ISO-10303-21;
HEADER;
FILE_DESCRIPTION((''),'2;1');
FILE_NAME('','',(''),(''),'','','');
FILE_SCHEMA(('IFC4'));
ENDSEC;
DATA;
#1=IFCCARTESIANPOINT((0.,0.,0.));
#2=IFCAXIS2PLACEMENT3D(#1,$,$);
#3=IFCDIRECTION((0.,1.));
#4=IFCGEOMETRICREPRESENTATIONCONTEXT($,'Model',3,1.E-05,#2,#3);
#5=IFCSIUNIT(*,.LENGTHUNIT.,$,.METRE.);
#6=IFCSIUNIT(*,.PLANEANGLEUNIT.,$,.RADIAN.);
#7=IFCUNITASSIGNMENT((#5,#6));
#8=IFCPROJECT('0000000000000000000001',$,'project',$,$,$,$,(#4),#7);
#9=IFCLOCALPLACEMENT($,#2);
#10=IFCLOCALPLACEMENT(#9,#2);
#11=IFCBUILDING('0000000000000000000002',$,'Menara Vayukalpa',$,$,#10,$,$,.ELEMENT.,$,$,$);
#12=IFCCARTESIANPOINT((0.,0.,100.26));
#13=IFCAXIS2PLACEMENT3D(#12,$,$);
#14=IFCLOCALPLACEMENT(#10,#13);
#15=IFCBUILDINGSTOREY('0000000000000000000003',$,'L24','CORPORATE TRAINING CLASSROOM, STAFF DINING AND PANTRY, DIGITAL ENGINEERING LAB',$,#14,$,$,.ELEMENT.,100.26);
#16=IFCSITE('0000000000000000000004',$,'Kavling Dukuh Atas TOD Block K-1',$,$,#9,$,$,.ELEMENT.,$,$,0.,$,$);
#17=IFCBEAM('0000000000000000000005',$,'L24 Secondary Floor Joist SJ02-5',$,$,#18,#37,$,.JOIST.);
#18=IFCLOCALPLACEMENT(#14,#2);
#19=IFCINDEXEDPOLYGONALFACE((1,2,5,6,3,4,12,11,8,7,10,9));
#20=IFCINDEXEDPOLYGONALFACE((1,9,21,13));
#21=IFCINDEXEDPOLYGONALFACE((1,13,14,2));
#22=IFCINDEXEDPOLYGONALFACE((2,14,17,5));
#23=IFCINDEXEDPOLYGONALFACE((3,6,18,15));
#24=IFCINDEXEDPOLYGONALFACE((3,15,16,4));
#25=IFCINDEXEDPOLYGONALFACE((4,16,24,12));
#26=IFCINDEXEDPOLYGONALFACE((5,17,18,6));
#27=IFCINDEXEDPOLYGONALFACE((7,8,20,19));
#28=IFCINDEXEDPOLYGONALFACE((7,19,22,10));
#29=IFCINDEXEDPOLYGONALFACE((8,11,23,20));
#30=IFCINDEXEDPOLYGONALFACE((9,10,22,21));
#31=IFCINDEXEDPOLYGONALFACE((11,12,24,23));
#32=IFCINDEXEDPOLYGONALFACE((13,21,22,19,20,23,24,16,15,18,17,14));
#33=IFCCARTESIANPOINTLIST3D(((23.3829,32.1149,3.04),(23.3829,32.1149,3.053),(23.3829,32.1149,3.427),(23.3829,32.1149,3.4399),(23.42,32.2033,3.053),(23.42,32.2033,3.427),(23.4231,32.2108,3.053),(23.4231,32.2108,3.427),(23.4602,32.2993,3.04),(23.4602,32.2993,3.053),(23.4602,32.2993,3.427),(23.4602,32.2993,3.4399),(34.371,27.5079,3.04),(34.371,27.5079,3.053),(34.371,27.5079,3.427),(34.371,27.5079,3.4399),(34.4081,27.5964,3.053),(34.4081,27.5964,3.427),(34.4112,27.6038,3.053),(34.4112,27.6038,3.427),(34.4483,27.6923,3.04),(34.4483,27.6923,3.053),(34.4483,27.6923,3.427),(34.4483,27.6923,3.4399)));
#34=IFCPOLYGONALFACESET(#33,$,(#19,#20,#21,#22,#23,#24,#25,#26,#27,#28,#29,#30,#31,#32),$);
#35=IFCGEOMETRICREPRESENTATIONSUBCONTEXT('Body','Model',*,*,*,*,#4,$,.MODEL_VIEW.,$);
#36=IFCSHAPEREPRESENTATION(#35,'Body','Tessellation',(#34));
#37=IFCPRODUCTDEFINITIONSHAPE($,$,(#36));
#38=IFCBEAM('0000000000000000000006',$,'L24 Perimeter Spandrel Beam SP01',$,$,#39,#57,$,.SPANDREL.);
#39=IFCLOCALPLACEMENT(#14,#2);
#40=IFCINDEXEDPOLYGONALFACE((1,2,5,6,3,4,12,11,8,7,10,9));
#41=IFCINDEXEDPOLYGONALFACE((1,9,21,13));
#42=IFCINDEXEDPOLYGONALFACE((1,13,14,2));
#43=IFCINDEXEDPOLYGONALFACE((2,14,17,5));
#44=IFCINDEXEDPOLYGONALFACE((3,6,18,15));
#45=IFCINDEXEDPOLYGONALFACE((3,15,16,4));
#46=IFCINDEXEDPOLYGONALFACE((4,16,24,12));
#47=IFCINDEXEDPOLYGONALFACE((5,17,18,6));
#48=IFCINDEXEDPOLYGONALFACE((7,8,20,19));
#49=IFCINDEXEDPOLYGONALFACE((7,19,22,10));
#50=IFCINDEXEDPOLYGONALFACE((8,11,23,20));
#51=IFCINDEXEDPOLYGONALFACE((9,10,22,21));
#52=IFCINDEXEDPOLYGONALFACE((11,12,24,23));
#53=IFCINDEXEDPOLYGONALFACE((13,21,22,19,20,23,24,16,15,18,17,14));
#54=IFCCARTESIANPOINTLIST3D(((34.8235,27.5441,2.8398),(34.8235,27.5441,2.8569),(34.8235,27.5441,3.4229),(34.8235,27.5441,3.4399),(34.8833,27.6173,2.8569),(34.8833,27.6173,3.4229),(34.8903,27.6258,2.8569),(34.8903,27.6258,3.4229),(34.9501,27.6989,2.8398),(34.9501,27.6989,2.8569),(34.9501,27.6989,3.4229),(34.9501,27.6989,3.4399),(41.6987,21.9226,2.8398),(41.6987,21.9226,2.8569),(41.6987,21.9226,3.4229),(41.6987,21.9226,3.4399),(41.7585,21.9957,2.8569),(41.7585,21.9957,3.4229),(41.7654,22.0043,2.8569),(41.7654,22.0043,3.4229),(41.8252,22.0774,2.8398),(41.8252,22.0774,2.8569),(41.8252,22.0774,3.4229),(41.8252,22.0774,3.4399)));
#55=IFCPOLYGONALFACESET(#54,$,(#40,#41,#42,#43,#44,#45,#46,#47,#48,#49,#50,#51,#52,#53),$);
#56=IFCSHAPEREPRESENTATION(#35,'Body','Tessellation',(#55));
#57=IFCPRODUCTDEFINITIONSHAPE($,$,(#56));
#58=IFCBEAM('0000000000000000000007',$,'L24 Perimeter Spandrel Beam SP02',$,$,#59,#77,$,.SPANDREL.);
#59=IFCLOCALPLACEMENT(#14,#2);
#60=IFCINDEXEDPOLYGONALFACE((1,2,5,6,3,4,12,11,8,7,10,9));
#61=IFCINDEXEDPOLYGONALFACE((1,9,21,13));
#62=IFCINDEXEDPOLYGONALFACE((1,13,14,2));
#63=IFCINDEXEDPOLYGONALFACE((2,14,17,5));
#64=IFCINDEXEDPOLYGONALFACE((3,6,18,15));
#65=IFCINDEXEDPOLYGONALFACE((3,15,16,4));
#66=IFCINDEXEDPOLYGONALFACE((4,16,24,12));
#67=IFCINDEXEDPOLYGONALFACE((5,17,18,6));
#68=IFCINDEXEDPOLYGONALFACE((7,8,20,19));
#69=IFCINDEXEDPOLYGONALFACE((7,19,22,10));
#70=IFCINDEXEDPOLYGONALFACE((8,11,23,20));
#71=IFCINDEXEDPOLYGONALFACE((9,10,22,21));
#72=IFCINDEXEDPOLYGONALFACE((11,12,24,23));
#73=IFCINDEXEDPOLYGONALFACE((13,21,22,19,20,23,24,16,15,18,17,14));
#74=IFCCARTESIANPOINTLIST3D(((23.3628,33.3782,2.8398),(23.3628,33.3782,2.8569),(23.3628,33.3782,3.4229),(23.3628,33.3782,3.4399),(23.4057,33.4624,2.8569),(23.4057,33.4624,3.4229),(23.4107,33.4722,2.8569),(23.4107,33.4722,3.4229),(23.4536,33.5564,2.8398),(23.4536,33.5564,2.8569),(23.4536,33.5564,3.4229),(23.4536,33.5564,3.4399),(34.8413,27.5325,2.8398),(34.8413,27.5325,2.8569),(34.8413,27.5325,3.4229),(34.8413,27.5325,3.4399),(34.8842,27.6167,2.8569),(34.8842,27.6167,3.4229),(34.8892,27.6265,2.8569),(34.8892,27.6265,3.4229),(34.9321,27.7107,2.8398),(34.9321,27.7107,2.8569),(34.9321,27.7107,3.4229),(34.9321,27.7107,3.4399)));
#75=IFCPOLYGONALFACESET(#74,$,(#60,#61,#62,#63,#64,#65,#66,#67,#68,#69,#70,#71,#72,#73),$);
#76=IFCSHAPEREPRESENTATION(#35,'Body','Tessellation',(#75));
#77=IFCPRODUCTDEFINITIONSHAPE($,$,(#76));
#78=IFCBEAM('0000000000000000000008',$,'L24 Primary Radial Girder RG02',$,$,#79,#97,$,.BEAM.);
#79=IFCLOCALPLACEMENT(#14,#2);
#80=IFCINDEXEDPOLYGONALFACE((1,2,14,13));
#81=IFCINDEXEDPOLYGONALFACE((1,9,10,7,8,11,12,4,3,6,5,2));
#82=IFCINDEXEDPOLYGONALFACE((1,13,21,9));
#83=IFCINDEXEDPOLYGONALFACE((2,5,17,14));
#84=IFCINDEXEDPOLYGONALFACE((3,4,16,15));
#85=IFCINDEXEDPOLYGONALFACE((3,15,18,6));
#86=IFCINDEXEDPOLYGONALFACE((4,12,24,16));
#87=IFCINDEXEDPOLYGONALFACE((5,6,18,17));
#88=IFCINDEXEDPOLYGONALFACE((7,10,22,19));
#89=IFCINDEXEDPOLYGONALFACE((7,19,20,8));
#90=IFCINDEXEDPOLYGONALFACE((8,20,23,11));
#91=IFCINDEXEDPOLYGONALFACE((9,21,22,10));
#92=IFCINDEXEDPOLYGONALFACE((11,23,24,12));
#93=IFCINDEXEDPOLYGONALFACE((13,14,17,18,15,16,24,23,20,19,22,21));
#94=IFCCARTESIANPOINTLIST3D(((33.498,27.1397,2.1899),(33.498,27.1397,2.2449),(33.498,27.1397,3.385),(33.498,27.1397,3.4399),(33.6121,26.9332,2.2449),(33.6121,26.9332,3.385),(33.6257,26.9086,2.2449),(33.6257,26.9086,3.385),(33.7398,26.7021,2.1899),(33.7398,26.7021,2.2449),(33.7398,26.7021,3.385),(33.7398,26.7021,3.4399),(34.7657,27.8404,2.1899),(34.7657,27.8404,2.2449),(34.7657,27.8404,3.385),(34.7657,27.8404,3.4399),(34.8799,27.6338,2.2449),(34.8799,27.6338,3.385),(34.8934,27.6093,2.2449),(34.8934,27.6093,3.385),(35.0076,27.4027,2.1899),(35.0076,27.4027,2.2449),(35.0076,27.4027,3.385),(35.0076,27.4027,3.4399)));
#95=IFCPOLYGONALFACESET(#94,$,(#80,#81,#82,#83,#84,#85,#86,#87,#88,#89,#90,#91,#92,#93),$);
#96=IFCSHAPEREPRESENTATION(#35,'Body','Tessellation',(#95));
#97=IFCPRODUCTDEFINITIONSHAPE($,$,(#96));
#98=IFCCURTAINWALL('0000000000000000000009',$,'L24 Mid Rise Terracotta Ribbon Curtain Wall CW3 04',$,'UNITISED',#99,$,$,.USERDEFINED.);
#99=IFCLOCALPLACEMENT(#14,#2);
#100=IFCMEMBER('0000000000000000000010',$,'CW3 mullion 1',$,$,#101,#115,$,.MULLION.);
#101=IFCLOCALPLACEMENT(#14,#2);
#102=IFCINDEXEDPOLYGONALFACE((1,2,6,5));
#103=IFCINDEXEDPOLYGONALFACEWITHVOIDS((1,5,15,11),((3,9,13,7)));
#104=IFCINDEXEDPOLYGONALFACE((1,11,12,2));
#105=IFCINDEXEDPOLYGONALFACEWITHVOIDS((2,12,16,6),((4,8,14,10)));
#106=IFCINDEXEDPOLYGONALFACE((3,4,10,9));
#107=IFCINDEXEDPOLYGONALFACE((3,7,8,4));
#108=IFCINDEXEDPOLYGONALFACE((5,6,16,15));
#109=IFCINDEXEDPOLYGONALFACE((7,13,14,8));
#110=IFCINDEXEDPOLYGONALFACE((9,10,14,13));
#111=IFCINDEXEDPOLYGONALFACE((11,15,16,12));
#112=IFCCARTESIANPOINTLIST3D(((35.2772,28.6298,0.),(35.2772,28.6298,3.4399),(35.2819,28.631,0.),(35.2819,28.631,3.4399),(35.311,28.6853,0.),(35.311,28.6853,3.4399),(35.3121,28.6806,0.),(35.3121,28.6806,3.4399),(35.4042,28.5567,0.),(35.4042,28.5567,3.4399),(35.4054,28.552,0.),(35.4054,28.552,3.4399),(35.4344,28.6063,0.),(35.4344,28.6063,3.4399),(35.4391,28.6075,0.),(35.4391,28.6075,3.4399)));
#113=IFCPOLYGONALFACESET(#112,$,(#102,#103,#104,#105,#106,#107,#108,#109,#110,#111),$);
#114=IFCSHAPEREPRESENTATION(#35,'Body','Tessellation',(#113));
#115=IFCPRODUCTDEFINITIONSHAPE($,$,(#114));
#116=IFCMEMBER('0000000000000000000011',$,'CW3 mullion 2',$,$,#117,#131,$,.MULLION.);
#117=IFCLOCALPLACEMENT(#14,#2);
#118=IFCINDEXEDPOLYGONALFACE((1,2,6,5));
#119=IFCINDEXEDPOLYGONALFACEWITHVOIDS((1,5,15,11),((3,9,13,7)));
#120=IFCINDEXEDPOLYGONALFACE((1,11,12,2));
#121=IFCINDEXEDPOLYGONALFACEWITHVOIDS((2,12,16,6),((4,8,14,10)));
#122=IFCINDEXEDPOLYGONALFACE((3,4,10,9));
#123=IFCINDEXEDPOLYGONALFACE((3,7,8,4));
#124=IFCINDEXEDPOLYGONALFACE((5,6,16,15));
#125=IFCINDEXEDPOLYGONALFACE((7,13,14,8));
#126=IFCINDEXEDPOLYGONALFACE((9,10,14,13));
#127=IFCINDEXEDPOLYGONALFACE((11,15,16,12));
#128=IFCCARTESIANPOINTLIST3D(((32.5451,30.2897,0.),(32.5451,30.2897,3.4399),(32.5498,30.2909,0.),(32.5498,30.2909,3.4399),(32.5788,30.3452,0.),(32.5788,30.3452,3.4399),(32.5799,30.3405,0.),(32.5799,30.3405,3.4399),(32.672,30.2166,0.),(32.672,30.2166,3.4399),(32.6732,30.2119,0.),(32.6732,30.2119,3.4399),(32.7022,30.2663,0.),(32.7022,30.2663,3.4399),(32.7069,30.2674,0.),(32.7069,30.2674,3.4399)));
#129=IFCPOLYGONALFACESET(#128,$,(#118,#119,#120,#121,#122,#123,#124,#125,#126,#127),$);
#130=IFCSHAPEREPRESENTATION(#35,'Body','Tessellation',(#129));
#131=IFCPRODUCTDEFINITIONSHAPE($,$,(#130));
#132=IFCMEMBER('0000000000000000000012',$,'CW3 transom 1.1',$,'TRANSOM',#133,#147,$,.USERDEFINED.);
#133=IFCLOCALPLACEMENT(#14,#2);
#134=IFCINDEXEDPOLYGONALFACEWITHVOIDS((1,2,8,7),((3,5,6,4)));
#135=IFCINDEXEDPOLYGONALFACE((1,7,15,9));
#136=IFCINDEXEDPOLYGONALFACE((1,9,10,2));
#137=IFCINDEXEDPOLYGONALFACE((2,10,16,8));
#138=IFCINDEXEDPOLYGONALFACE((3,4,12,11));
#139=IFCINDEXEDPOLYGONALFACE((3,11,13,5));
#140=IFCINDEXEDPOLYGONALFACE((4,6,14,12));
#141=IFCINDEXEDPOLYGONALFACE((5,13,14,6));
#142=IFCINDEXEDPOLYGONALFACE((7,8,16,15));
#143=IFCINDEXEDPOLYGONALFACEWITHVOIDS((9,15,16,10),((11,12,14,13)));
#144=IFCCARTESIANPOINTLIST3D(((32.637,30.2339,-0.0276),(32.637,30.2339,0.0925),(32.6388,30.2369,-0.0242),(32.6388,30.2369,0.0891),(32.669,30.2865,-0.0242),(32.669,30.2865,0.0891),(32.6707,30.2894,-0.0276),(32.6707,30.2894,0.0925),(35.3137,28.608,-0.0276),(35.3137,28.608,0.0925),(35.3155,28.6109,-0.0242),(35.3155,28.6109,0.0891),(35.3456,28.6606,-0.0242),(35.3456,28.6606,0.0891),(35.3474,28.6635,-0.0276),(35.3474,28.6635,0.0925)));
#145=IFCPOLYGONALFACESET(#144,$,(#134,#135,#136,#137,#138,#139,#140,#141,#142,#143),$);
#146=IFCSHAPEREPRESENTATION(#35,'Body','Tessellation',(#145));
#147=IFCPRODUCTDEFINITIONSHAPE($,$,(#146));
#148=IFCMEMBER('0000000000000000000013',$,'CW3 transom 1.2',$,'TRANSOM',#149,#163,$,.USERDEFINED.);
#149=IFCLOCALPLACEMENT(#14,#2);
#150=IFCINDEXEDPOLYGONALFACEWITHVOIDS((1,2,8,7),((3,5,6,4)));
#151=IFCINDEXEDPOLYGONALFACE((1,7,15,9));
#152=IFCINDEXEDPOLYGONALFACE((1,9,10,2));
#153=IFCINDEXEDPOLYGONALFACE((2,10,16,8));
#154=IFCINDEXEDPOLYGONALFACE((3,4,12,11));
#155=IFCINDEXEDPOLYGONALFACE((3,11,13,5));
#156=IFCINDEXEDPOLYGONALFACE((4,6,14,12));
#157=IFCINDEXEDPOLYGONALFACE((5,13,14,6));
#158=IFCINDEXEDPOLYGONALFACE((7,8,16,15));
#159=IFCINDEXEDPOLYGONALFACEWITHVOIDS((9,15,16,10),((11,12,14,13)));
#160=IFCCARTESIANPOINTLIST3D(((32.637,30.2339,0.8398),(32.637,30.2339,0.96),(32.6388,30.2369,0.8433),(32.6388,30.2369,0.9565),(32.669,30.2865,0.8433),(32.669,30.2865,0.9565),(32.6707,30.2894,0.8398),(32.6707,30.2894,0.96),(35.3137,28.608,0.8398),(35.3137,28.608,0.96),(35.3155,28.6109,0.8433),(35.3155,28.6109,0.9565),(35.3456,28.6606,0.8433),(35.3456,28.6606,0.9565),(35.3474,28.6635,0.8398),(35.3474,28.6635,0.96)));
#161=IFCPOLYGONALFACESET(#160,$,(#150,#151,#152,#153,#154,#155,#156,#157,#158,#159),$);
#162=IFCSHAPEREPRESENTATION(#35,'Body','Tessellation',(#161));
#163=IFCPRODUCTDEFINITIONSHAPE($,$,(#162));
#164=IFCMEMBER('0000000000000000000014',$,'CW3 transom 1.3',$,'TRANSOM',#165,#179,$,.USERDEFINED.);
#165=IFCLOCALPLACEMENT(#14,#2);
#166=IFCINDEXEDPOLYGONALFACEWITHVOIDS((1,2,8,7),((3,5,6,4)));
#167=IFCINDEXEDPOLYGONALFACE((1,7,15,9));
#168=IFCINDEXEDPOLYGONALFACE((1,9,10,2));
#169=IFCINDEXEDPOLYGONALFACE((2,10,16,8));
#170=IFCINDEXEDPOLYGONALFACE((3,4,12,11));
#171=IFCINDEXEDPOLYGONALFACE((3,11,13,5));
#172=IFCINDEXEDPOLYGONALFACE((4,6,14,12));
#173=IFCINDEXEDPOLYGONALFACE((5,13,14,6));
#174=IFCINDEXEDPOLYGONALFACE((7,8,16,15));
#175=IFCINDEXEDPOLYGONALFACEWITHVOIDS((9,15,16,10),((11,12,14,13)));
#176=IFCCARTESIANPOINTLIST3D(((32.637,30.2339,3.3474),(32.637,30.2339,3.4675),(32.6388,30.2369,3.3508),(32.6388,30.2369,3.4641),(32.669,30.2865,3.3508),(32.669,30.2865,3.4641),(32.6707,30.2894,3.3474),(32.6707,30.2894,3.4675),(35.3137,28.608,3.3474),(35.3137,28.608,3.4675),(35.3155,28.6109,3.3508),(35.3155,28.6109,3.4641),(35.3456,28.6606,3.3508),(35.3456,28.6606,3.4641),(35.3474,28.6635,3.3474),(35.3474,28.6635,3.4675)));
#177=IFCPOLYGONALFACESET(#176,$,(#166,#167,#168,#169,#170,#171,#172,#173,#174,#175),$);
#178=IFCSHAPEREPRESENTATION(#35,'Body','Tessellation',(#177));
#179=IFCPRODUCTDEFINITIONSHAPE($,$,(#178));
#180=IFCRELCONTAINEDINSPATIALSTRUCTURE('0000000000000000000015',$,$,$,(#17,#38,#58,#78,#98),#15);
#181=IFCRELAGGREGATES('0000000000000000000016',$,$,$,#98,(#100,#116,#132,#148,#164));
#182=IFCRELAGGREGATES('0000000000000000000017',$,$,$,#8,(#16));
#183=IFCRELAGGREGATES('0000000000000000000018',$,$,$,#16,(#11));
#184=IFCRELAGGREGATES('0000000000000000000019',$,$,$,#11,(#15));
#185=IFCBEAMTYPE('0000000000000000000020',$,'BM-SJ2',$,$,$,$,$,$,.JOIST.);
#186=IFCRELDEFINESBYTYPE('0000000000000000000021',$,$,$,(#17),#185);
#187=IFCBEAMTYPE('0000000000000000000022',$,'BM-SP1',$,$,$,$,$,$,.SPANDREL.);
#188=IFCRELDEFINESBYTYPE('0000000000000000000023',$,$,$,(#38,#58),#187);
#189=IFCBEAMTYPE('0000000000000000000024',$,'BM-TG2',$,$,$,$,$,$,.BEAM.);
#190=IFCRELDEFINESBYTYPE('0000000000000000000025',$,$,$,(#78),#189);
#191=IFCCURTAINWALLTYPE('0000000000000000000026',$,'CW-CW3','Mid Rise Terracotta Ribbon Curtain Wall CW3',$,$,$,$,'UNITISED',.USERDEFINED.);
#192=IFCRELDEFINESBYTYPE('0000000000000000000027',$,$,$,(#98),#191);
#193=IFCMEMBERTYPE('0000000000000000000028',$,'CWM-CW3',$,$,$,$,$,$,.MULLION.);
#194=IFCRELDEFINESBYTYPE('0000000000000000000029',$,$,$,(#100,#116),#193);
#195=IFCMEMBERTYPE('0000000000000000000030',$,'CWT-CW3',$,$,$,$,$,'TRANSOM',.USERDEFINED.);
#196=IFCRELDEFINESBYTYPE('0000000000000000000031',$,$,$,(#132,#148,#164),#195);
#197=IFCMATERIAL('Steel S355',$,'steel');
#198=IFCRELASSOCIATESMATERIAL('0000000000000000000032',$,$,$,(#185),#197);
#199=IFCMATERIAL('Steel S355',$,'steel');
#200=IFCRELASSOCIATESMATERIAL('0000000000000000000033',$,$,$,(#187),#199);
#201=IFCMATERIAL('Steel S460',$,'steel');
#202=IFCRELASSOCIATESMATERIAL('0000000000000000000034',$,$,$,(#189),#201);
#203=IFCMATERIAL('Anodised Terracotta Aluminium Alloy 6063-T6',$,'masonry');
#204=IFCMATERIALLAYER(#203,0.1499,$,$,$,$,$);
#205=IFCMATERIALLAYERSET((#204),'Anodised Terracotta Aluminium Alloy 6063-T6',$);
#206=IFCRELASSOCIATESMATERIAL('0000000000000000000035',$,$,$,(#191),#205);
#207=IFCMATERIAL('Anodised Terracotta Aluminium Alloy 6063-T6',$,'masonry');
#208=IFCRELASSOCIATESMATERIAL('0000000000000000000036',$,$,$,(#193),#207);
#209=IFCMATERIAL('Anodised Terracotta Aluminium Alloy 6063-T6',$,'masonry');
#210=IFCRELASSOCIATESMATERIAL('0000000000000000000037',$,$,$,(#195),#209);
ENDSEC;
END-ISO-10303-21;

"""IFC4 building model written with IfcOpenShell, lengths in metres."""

from ifc_helpers import new_model, si_unit, direction, frame, origin, origin_2d, place, context, subcontext, project, spatial, hollow_rectangle, i_section, extrude, material, layer, layer_set, material_profile, profile_set, type_object, element, aggregate, save


model = new_model("IFC4")

# Units and contexts
model_context = context("Model", 3, precision=1e-05, world=origin(), true_north=direction((0.0, 1.0)))
body_context = subcontext(model_context, "Body", "Model", "MODEL_VIEW")
ifc_project = project(units=[si_unit("LENGTHUNIT", "METRE"), si_unit("PLANEANGLEUNIT", "RADIAN")], contexts=[model_context])

# Site, building, storey
site_placement = place(None, origin())
site = spatial("IfcSite", under=ifc_project, at=site_placement, Name="Kavling Dukuh Atas TOD Block K-1", CompositionType="ELEMENT", RefElevation=0.0)
building_placement = place(site_placement, origin())
building = spatial("IfcBuilding", under=site, at=building_placement, Name="Menara Vayukalpa", CompositionType="ELEMENT")
storey_placement = place(building_placement, frame((0.0, 0.0, 100.26)))
storey = spatial("IfcBuildingStorey", under=building, at=storey_placement, Name="L24", Description="CORPORATE TRAINING CLASSROOM, STAFF DINING AND PANTRY, DIGITAL ENGINEERING LAB", CompositionType="ELEMENT", Elevation=100.26)

# Beams
ifc_material_1 = material(Name="Steel S355", Category="steel")
ifc_material_profile_1 = material_profile(ifc_material_1, i_section(OverallWidth=0.2, OverallDepth=0.3999, WebThickness=0.0081, FlangeThickness=0.0129, at=origin_2d()), Name="WF 400x200x8x13")
ifc_profile_set_1 = profile_set([ifc_material_profile_1], Name="Steel S355")
beam_type_1 = type_object("IfcBeamType", Name="BM-SJ2", PredefinedType="JOIST", material=ifc_profile_set_1)
beam_1_placement = place(storey_placement, frame((34.4097, 27.6001, 3.24), z_axis=(-0.922223, 0.386659, 0.0), x_axis=(-0.386659, -0.922223, 0.0)))
element("IfcBeam", 1, at=beam_1_placement, inside=storey, type_object=beam_type_1, Name="L24 Secondary Floor Joist SJ02-5", PredefinedType="JOIST", context=body_context, shape_type="SweptSolid", body=[
    extrude(i_section(OverallWidth=0.2, OverallDepth=0.3999, WebThickness=0.0081, FlangeThickness=0.0129, at=origin_2d()), origin(), (0.0, 0.0, 1.0), 11.9148),
])
ifc_material_2 = material(Name="Steel S355", Category="steel")
ifc_material_profile_2 = material_profile(ifc_material_2, i_section(OverallWidth=0.2, OverallDepth=0.6001, WebThickness=0.011, FlangeThickness=0.0171, at=origin_2d()), Name="WF 600x200x11x17")
ifc_profile_set_2 = profile_set([ifc_material_profile_2], Name="Steel S355")
beam_type_2 = type_object("IfcBeamType", Name="BM-SP1", PredefinedType="SPANDREL", material=ifc_profile_set_2)
beam_2_placement = place(storey_placement, frame((41.762, 22.0, 3.1399), z_axis=(-0.774157, 0.632994, 0.0), x_axis=(-0.632994, -0.774157, 0.0)))
element("IfcBeam", 2, at=beam_2_placement, inside=storey, type_object=beam_type_2, Name="L24 Perimeter Spandrel Beam SP01", PredefinedType="SPANDREL", context=body_context, shape_type="SweptSolid", body=[
    extrude(i_section(OverallWidth=0.2, OverallDepth=0.6001, WebThickness=0.011, FlangeThickness=0.0171, at=origin_2d()), origin(), (0.0, 0.0, 1.0), 8.8809),
])
beam_3_placement = place(storey_placement, frame((34.8867, 27.6216, 3.1399), z_axis=(-0.891097, 0.453812, 0.0), x_axis=(-0.453812, -0.891097, 0.0)))
element("IfcBeam", 3, at=beam_3_placement, inside=storey, type_object=beam_type_2, Name="L24 Perimeter Spandrel Beam SP02", PredefinedType="SPANDREL", context=body_context, shape_type="SweptSolid", body=[
    extrude(i_section(OverallWidth=0.2, OverallDepth=0.6001, WebThickness=0.011, FlangeThickness=0.0171, at=origin_2d()), origin(), (0.0, 0.0, 1.0), 12.8813),
])
ifc_material_3 = material(Name="Steel S460", Category="steel")
ifc_material_profile_3 = material_profile(ifc_material_3, i_section(OverallWidth=0.5, OverallDepth=1.25, WebThickness=0.0281, FlangeThickness=0.0549, at=origin_2d()), Name="WG 1250x500x28x55")
ifc_profile_set_3 = profile_set([ifc_material_profile_3], Name="Steel S460")
beam_type_3 = type_object("IfcBeamType", Name="BM-TG2", PredefinedType="BEAM", material=ifc_profile_set_3)
beam_4_placement = place(storey_placement, frame((33.6189, 26.9209, 2.8149), z_axis=(0.875228, 0.48371, 0.0), x_axis=(-0.48371, 0.875228, 0.0)))
element("IfcBeam", 4, at=beam_4_placement, inside=storey, type_object=beam_type_3, Name="L24 Primary Radial Girder RG02", PredefinedType="BEAM", context=body_context, shape_type="SweptSolid", body=[
    extrude(i_section(OverallWidth=0.5, OverallDepth=1.25, WebThickness=0.0281, FlangeThickness=0.0549, at=origin_2d()), origin(), (0.0, 0.0, 1.0), 1.4485),
])

# Curtain wall, members
ifc_material_4 = material(Name="Anodised Terracotta Aluminium Alloy 6063-T6", Category="masonry")
ifc_layer_1 = layer(ifc_material_4, 0.1499)
ifc_layer_set_1 = layer_set([ifc_layer_1], Name="Anodised Terracotta Aluminium Alloy 6063-T6")
curtain_wall_type = type_object("IfcCurtainWallType", Name="CW-CW3", Description="Mid Rise Terracotta Ribbon Curtain Wall CW3", ElementType="UNITISED", PredefinedType="USERDEFINED", material=ifc_layer_set_1)
curtain_wall_placement = place(storey_placement, origin())
curtain_wall = element("IfcCurtainWall", 5, at=curtain_wall_placement, inside=storey, type_object=curtain_wall_type, Name="L24 Mid Rise Terracotta Ribbon Curtain Wall CW3 04", ObjectType="UNITISED", PredefinedType="USERDEFINED")
ifc_material_5 = material(Name="Anodised Terracotta Aluminium Alloy 6063-T6", Category="masonry")
ifc_material_profile_4 = material_profile(ifc_material_5, hollow_rectangle(XDim=0.0649, YDim=0.1499, WallThickness=0.0034, at=origin_2d()), Name="ALU 65x150x3.5")
ifc_profile_set_4 = profile_set([ifc_material_profile_4], Name="Anodised Terracotta Aluminium Alloy 6063-T6")
member_type_1 = type_object("IfcMemberType", Name="CWM-CW3", PredefinedType="MULLION", material=ifc_profile_set_4)
member_1_placement = place(storey_placement, frame((35.3582, 28.6187, 0.0), z_axis=(0.0, 0.0, 1.0), x_axis=(-0.519183, -0.854663, 0.0)))
member_1 = element("IfcMember", 6, at=member_1_placement, type_object=member_type_1, Name="CW3 mullion 1", PredefinedType="MULLION", context=body_context, shape_type="SweptSolid", body=[
    extrude(hollow_rectangle(XDim=0.0649, YDim=0.1499, WallThickness=0.0034, at=origin_2d()), origin(), (0.0, 0.0, 1.0), 3.4399),
])
member_2_placement = place(storey_placement, frame((32.626, 30.2786, 0.0), z_axis=(0.0, 0.0, 1.0), x_axis=(-0.519183, -0.854663, 0.0)))
member_2 = element("IfcMember", 7, at=member_2_placement, type_object=member_type_1, Name="CW3 mullion 2", PredefinedType="MULLION", context=body_context, shape_type="SweptSolid", body=[
    extrude(hollow_rectangle(XDim=0.0649, YDim=0.1499, WallThickness=0.0034, at=origin_2d()), origin(), (0.0, 0.0, 1.0), 3.4399),
])
ifc_material_6 = material(Name="Anodised Terracotta Aluminium Alloy 6063-T6", Category="masonry")
ifc_material_profile_5 = material_profile(ifc_material_6, hollow_rectangle(XDim=0.0649, YDim=0.1201, WallThickness=0.0034, at=origin_2d()), Name="ALU 65x120x3.5")
ifc_profile_set_5 = profile_set([ifc_material_profile_5], Name="Anodised Terracotta Aluminium Alloy 6063-T6")
member_type_2 = type_object("IfcMemberType", Name="CWT-CW3", ElementType="TRANSOM", PredefinedType="USERDEFINED", material=ifc_profile_set_5)
member_3_placement = place(storey_placement, frame((35.3306, 28.6357, 0.0325), z_axis=(-0.854674, 0.519165, 0.0), x_axis=(-0.519165, -0.854674, 0.0)))
member_3 = element("IfcMember", 8, at=member_3_placement, type_object=member_type_2, Name="CW3 transom 1.1", ObjectType="TRANSOM", PredefinedType="USERDEFINED", context=body_context, shape_type="SweptSolid", body=[
    extrude(hollow_rectangle(XDim=0.0649, YDim=0.1201, WallThickness=0.0034, at=origin_2d()), origin(), (0.0, 0.0, 1.0), 3.1318),
])
member_4_placement = place(storey_placement, frame((35.3306, 28.6357, 0.8999), z_axis=(-0.854674, 0.519165, 0.0), x_axis=(-0.519165, -0.854674, 0.0)))
member_4 = element("IfcMember", 9, at=member_4_placement, type_object=member_type_2, Name="CW3 transom 1.2", ObjectType="TRANSOM", PredefinedType="USERDEFINED", context=body_context, shape_type="SweptSolid", body=[
    extrude(hollow_rectangle(XDim=0.0649, YDim=0.1201, WallThickness=0.0034, at=origin_2d()), origin(), (0.0, 0.0, 1.0), 3.1318),
])
member_5_placement = place(storey_placement, frame((35.3306, 28.6357, 3.4075), z_axis=(-0.854674, 0.519165, 0.0), x_axis=(-0.519165, -0.854674, 0.0)))
member_5 = element("IfcMember", 10, at=member_5_placement, type_object=member_type_2, Name="CW3 transom 1.3", ObjectType="TRANSOM", PredefinedType="USERDEFINED", context=body_context, shape_type="SweptSolid", body=[
    extrude(hollow_rectangle(XDim=0.0649, YDim=0.1201, WallThickness=0.0034, at=origin_2d()), origin(), (0.0, 0.0, 1.0), 3.1318),
])
aggregate(curtain_wall, [member_1, member_2, member_3, member_4, member_5])

save(model, "model.ifc")
